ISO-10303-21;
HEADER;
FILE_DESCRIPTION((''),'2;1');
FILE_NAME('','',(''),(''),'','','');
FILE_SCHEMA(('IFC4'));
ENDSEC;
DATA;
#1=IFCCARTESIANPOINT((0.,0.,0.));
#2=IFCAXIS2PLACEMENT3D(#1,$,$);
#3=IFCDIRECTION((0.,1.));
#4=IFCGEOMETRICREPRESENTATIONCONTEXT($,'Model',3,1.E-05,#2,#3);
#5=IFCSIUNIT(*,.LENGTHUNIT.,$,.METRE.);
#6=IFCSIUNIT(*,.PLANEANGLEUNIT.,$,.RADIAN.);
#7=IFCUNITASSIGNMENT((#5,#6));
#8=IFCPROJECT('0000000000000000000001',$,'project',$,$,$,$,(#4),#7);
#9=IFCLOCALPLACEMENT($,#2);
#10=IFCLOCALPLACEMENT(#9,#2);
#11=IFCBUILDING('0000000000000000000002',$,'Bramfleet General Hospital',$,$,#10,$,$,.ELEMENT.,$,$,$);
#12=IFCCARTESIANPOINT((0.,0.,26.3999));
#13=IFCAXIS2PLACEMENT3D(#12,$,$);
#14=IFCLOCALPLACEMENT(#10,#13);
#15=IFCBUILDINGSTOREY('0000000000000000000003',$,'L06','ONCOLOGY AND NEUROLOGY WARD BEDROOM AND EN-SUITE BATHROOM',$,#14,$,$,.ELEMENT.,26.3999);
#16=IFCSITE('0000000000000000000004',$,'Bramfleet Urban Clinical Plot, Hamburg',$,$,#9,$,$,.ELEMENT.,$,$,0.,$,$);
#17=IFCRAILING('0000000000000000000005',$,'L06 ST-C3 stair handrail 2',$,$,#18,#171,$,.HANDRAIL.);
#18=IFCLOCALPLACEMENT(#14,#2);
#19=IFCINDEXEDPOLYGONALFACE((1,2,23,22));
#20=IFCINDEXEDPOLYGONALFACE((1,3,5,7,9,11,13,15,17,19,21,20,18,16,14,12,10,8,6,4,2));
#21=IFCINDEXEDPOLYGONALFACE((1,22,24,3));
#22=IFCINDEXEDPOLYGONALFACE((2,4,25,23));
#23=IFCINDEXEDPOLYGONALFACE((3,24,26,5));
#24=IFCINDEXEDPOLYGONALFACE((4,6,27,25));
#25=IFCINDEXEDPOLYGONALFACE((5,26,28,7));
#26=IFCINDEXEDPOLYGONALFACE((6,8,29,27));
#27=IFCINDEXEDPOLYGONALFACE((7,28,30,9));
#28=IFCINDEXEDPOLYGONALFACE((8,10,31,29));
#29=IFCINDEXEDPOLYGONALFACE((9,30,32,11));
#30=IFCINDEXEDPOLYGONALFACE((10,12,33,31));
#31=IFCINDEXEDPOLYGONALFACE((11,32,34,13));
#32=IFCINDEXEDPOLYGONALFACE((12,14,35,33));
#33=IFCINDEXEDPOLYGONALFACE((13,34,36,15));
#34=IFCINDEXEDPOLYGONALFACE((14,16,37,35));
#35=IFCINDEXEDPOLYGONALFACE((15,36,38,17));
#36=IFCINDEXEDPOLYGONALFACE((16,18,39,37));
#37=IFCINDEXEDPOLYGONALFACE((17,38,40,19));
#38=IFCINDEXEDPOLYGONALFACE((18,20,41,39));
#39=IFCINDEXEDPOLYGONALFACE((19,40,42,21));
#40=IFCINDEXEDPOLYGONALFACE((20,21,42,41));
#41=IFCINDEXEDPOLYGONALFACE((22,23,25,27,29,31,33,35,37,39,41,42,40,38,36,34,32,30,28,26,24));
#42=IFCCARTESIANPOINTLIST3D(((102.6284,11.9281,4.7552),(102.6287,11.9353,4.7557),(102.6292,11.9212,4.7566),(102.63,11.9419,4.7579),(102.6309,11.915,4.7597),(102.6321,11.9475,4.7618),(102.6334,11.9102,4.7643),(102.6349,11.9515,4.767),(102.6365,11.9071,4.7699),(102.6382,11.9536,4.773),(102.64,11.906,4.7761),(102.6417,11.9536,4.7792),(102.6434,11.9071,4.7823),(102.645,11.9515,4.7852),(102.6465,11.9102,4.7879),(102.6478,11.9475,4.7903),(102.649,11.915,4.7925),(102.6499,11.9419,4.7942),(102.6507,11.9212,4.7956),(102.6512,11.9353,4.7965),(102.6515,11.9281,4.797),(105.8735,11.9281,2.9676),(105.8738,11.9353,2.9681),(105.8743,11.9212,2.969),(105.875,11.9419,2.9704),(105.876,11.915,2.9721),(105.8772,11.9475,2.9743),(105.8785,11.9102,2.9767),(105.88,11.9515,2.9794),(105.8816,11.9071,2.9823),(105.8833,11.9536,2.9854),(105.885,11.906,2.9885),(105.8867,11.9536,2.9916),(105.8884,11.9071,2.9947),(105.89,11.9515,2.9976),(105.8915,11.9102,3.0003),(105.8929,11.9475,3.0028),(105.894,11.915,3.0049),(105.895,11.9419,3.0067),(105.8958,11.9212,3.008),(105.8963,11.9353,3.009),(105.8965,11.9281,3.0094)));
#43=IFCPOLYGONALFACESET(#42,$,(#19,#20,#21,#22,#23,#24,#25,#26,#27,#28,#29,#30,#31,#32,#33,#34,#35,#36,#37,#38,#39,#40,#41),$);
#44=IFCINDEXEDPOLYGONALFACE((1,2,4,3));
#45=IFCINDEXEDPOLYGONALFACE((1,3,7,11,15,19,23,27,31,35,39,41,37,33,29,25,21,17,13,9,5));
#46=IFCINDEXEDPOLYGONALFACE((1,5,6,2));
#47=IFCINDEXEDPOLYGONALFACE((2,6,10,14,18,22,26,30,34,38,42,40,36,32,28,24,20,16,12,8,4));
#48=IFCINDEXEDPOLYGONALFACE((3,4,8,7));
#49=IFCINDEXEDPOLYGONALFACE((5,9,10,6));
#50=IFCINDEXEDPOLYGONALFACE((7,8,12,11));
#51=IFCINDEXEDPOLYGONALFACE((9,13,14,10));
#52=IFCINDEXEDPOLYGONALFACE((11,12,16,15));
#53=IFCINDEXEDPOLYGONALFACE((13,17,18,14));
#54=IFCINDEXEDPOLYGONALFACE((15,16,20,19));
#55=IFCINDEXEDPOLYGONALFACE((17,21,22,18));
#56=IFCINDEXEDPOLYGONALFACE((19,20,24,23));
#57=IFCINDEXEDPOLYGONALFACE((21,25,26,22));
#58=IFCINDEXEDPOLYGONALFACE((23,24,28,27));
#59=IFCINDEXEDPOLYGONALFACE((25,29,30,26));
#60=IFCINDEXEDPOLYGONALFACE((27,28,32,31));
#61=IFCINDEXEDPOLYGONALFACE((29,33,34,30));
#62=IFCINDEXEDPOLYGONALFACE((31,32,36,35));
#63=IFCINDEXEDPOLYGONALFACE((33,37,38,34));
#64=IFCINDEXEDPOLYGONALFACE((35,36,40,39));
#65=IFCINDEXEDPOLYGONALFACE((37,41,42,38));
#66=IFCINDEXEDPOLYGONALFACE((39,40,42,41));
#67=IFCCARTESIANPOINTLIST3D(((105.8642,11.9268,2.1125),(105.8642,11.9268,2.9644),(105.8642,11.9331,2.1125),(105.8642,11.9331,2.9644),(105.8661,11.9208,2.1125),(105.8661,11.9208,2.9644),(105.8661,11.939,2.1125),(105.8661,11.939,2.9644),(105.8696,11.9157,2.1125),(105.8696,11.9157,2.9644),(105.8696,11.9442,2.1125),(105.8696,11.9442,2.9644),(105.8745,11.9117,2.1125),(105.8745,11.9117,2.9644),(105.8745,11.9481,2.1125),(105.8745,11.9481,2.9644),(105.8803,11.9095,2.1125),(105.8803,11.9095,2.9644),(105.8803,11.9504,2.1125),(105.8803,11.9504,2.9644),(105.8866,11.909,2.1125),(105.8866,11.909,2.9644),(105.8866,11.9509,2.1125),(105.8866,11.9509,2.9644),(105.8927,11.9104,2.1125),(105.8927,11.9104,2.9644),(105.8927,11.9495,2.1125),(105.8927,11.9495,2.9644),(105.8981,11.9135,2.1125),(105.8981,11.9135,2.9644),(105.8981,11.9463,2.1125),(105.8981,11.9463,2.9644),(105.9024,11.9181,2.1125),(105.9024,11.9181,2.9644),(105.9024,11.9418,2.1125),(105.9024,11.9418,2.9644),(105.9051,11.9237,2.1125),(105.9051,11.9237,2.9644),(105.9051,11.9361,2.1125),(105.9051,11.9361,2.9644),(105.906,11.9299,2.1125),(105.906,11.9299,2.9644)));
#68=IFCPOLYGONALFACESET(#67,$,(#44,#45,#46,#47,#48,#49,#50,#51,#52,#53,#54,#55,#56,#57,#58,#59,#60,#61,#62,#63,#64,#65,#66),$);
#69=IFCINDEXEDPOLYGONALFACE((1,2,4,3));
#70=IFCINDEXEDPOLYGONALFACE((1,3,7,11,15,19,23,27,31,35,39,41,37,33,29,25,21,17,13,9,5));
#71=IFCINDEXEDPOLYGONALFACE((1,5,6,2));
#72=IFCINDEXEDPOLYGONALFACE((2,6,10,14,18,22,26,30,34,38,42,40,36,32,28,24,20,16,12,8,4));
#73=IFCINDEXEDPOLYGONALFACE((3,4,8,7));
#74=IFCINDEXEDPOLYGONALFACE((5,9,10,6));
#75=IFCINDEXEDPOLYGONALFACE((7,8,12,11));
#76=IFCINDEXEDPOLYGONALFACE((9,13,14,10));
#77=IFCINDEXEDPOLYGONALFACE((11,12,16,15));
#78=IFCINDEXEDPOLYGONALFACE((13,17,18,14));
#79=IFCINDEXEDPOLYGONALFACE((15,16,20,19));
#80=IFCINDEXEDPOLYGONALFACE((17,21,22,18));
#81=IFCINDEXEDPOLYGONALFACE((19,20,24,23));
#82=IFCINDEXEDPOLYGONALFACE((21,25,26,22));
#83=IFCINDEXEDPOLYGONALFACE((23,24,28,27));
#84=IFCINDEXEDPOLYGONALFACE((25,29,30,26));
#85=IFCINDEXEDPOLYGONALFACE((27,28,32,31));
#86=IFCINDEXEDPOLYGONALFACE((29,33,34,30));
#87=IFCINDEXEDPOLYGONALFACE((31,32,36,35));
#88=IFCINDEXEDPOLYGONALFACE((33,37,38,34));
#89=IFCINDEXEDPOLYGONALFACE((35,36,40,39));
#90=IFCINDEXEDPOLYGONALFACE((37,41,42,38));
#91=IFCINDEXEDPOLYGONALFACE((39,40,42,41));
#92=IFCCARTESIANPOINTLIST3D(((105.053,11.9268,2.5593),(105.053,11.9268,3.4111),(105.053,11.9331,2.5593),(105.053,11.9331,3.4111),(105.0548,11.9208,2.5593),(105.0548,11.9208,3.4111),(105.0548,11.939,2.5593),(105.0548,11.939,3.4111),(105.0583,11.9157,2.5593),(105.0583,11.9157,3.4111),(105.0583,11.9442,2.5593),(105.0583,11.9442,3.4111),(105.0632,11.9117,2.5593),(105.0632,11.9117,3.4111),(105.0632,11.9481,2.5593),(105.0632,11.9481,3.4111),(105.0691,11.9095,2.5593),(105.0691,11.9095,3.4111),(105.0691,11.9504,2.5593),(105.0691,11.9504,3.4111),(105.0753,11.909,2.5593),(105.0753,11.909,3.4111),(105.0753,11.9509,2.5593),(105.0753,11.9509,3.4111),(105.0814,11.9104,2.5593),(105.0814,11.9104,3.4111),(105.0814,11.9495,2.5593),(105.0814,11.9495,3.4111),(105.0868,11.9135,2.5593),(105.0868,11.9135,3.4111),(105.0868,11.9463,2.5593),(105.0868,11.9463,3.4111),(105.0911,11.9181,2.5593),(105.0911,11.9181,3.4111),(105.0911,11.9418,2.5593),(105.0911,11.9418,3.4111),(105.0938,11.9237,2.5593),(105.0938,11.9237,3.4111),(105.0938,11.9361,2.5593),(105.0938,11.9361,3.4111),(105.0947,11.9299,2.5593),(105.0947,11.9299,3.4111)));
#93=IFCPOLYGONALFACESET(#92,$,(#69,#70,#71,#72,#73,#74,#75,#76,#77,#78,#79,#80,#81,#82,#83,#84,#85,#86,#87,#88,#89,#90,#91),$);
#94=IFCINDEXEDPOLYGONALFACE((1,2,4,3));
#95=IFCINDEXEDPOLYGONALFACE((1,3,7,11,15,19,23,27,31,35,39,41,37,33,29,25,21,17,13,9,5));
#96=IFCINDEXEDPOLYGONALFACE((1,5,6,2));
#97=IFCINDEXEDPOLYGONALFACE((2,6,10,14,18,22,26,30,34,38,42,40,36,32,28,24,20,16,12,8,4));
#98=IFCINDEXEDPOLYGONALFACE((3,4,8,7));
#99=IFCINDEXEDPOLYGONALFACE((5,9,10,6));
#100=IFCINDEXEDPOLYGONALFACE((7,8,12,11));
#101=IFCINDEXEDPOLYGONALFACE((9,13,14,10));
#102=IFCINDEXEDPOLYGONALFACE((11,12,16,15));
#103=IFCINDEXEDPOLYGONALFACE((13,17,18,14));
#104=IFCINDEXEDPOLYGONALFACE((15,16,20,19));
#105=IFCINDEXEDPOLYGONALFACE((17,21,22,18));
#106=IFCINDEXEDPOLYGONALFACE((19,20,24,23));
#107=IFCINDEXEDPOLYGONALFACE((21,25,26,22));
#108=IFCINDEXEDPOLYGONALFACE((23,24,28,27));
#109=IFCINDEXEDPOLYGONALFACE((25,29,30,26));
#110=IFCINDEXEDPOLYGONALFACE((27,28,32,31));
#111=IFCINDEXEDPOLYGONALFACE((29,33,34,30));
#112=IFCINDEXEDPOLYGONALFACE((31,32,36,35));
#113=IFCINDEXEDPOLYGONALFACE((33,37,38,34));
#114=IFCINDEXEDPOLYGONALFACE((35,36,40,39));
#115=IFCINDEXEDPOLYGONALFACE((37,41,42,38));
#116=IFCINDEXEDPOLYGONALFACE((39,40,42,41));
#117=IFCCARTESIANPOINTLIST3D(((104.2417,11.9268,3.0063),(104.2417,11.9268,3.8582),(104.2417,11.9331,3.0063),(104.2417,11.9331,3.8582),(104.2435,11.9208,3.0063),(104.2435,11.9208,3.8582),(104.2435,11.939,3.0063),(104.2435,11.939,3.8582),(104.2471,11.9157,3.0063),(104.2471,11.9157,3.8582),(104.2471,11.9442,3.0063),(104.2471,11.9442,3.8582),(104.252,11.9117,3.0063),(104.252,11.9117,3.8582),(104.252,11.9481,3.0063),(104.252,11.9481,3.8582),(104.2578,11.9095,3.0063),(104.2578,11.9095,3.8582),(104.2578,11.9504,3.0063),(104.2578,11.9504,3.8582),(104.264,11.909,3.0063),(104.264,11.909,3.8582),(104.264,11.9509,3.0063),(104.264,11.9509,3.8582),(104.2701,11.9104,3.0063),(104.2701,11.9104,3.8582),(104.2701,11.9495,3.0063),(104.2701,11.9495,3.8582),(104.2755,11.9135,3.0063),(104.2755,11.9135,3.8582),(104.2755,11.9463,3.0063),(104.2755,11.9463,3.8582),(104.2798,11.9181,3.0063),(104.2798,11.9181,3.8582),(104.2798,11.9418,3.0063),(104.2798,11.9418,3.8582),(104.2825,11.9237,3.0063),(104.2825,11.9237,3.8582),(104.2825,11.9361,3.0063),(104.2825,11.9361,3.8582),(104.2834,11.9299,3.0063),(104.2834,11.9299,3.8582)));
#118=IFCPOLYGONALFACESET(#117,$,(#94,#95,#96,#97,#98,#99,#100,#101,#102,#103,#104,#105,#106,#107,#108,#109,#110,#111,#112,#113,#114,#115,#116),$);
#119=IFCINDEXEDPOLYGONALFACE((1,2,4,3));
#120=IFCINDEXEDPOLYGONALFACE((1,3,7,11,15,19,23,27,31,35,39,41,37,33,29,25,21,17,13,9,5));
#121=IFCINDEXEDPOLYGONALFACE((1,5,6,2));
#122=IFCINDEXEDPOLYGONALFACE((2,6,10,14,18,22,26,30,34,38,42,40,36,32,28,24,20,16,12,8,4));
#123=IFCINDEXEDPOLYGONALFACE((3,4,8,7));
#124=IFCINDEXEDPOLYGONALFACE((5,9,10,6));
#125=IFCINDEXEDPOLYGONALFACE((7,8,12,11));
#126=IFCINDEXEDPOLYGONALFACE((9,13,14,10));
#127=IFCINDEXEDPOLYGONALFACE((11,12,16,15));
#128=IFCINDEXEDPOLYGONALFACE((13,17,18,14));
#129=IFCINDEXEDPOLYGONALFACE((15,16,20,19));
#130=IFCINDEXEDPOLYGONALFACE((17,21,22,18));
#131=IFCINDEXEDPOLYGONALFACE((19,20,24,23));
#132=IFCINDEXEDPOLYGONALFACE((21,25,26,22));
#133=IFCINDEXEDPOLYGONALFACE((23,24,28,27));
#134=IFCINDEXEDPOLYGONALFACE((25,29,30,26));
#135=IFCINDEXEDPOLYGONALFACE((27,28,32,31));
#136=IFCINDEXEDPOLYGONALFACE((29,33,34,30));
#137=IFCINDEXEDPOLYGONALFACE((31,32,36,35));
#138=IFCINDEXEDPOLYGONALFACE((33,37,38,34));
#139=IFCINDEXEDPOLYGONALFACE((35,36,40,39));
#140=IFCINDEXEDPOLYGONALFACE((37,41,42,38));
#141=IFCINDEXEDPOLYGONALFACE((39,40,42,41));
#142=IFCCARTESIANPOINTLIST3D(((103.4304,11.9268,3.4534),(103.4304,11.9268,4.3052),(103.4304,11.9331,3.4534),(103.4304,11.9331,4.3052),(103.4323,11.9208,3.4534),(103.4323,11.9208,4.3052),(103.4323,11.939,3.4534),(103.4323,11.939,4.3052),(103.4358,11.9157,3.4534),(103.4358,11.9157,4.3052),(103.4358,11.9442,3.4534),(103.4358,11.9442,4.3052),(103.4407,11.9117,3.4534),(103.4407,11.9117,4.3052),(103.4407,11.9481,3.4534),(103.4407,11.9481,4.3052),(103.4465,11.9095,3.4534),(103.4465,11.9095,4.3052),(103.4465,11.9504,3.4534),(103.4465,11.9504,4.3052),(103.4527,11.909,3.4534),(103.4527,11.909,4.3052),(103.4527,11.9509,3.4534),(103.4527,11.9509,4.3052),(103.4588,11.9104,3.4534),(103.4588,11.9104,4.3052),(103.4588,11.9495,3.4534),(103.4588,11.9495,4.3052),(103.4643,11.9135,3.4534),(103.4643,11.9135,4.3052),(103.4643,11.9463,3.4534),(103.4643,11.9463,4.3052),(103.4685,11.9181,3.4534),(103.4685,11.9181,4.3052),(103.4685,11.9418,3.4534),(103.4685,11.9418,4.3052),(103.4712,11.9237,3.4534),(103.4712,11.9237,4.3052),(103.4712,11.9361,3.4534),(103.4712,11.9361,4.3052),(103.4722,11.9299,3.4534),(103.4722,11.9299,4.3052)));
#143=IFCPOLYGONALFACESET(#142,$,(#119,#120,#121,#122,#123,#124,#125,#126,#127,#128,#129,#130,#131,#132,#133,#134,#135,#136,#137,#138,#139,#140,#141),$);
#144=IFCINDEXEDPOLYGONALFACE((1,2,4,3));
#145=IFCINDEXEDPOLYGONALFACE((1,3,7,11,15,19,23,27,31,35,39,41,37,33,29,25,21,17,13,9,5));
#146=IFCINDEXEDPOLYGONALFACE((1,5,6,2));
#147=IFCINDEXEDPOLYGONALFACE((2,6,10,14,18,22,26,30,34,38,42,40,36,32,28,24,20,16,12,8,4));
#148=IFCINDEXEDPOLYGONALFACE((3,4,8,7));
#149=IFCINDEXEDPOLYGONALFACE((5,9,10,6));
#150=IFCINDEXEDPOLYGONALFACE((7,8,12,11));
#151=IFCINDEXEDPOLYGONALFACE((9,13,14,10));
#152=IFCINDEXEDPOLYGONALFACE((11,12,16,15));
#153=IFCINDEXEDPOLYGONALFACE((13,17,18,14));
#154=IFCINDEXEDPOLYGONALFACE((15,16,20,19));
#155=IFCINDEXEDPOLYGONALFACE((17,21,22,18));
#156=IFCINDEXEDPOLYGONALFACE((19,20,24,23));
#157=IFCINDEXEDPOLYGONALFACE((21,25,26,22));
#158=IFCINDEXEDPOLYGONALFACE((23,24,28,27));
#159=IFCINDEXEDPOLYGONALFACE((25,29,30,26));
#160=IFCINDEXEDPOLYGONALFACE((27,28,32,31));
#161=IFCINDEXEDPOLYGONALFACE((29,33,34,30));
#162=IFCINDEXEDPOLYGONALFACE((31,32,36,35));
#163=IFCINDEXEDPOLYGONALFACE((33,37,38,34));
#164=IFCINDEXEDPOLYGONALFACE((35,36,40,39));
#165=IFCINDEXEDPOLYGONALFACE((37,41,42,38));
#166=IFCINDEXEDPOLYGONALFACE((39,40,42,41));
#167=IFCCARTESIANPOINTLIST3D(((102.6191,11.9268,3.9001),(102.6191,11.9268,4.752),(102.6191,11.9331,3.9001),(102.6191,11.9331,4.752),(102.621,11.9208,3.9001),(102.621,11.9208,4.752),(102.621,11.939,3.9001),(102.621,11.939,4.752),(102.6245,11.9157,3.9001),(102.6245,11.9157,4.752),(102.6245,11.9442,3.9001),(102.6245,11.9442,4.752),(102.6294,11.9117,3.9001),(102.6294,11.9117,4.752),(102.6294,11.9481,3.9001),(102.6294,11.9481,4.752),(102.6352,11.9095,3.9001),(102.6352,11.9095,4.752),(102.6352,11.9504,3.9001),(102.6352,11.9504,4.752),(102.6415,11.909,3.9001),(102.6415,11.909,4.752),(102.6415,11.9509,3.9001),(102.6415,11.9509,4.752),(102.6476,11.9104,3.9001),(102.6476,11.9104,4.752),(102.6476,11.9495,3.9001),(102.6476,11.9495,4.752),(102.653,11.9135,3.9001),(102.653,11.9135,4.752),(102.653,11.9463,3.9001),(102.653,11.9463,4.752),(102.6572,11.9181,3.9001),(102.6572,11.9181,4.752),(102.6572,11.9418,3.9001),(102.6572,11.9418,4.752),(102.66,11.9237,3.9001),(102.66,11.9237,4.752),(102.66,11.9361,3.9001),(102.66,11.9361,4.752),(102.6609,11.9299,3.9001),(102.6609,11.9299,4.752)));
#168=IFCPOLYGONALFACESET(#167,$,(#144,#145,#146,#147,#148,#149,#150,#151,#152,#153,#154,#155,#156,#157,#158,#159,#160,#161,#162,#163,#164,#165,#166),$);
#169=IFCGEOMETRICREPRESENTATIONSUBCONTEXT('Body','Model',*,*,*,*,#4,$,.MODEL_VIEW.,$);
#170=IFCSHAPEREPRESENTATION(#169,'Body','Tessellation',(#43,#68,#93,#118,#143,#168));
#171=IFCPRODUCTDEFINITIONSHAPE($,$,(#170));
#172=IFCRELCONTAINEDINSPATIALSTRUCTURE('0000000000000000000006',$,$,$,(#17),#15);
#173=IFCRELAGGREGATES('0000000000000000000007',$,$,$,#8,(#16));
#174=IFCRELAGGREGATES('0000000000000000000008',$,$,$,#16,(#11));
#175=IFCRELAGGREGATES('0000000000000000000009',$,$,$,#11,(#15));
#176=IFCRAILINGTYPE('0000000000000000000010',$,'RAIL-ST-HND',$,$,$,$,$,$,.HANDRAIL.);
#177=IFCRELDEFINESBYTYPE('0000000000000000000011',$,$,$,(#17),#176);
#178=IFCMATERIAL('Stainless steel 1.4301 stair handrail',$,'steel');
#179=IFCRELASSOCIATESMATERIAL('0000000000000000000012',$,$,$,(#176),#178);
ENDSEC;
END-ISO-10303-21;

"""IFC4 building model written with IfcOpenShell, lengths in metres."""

from ifc_helpers import new_model, si_unit, direction, frame, origin, origin_2d, place, context, subcontext, project, spatial, circle, extrude, material, type_object, element, save


model = new_model("IFC4")

# Units and contexts
model_context = context("Model", 3, precision=1e-05, world=origin(), true_north=direction((0.0, 1.0)))
body_context = subcontext(model_context, "Body", "Model", "MODEL_VIEW")
ifc_project = project(units=[si_unit("LENGTHUNIT", "METRE"), si_unit("PLANEANGLEUNIT", "RADIAN")], contexts=[model_context])

# Site, building, storey
site_placement = place(None, origin())
site = spatial("IfcSite", under=ifc_project, at=site_placement, Name="Bramfleet Urban Clinical Plot, Hamburg", CompositionType="ELEMENT", RefElevation=0.0)
building_placement = place(site_placement, origin())
building = spatial("IfcBuilding", under=site, at=building_placement, Name="Bramfleet General Hospital", CompositionType="ELEMENT")
storey_placement = place(building_placement, frame((0.0, 0.0, 26.3999)))
storey = spatial("IfcBuildingStorey", under=building, at=storey_placement, Name="L06", Description="ONCOLOGY AND NEUROLOGY WARD BEDROOM AND EN-SUITE BATHROOM", CompositionType="ELEMENT", Elevation=26.3999)

# Railing
ifc_material_1 = material(Name="Stainless steel 1.4301 stair handrail", Category="steel")
railing_type_1 = type_object("IfcRailingType", Name="RAIL-ST-HND", PredefinedType="HANDRAIL", material=ifc_material_1)
railing_1_placement = place(storey_placement, frame((105.885, 11.9299, 2.1125)))
element("IfcRailing", 1, at=railing_1_placement, inside=storey, type_object=railing_type_1, Name="L06 ST-C3 stair handrail 2", PredefinedType="HANDRAIL", context=body_context, shape_type="SweptSolid", body=[
    extrude(circle(Radius=0.0239, at=origin_2d()), frame((0.0, 0.0, 0.876), z_axis=(-0.875899, 0.0, 0.482495), x_axis=(0.0, -1.0, 0.0)), (0.0, 0.0, 1.0), 3.7048),
    extrude(circle(Radius=0.021, at=origin_2d()), origin(), (0.0, 0.0, 1.0), 0.8518),
    extrude(circle(Radius=0.021, at=origin_2d()), frame((-0.8113, 0.0, 0.4468)), (0.0, 0.0, 1.0), 0.8518),
    extrude(circle(Radius=0.021, at=origin_2d()), frame((-1.6226, 0.0, 0.8938)), (0.0, 0.0, 1.0), 0.8518),
    extrude(circle(Radius=0.021, at=origin_2d()), frame((-2.4338, 0.0, 1.3408)), (0.0, 0.0, 1.0), 0.8518),
    extrude(circle(Radius=0.021, at=origin_2d()), frame((-3.2451, 0.0, 1.7876)), (0.0, 0.0, 1.0), 0.8518),
])

save(model, "model.ifc")
